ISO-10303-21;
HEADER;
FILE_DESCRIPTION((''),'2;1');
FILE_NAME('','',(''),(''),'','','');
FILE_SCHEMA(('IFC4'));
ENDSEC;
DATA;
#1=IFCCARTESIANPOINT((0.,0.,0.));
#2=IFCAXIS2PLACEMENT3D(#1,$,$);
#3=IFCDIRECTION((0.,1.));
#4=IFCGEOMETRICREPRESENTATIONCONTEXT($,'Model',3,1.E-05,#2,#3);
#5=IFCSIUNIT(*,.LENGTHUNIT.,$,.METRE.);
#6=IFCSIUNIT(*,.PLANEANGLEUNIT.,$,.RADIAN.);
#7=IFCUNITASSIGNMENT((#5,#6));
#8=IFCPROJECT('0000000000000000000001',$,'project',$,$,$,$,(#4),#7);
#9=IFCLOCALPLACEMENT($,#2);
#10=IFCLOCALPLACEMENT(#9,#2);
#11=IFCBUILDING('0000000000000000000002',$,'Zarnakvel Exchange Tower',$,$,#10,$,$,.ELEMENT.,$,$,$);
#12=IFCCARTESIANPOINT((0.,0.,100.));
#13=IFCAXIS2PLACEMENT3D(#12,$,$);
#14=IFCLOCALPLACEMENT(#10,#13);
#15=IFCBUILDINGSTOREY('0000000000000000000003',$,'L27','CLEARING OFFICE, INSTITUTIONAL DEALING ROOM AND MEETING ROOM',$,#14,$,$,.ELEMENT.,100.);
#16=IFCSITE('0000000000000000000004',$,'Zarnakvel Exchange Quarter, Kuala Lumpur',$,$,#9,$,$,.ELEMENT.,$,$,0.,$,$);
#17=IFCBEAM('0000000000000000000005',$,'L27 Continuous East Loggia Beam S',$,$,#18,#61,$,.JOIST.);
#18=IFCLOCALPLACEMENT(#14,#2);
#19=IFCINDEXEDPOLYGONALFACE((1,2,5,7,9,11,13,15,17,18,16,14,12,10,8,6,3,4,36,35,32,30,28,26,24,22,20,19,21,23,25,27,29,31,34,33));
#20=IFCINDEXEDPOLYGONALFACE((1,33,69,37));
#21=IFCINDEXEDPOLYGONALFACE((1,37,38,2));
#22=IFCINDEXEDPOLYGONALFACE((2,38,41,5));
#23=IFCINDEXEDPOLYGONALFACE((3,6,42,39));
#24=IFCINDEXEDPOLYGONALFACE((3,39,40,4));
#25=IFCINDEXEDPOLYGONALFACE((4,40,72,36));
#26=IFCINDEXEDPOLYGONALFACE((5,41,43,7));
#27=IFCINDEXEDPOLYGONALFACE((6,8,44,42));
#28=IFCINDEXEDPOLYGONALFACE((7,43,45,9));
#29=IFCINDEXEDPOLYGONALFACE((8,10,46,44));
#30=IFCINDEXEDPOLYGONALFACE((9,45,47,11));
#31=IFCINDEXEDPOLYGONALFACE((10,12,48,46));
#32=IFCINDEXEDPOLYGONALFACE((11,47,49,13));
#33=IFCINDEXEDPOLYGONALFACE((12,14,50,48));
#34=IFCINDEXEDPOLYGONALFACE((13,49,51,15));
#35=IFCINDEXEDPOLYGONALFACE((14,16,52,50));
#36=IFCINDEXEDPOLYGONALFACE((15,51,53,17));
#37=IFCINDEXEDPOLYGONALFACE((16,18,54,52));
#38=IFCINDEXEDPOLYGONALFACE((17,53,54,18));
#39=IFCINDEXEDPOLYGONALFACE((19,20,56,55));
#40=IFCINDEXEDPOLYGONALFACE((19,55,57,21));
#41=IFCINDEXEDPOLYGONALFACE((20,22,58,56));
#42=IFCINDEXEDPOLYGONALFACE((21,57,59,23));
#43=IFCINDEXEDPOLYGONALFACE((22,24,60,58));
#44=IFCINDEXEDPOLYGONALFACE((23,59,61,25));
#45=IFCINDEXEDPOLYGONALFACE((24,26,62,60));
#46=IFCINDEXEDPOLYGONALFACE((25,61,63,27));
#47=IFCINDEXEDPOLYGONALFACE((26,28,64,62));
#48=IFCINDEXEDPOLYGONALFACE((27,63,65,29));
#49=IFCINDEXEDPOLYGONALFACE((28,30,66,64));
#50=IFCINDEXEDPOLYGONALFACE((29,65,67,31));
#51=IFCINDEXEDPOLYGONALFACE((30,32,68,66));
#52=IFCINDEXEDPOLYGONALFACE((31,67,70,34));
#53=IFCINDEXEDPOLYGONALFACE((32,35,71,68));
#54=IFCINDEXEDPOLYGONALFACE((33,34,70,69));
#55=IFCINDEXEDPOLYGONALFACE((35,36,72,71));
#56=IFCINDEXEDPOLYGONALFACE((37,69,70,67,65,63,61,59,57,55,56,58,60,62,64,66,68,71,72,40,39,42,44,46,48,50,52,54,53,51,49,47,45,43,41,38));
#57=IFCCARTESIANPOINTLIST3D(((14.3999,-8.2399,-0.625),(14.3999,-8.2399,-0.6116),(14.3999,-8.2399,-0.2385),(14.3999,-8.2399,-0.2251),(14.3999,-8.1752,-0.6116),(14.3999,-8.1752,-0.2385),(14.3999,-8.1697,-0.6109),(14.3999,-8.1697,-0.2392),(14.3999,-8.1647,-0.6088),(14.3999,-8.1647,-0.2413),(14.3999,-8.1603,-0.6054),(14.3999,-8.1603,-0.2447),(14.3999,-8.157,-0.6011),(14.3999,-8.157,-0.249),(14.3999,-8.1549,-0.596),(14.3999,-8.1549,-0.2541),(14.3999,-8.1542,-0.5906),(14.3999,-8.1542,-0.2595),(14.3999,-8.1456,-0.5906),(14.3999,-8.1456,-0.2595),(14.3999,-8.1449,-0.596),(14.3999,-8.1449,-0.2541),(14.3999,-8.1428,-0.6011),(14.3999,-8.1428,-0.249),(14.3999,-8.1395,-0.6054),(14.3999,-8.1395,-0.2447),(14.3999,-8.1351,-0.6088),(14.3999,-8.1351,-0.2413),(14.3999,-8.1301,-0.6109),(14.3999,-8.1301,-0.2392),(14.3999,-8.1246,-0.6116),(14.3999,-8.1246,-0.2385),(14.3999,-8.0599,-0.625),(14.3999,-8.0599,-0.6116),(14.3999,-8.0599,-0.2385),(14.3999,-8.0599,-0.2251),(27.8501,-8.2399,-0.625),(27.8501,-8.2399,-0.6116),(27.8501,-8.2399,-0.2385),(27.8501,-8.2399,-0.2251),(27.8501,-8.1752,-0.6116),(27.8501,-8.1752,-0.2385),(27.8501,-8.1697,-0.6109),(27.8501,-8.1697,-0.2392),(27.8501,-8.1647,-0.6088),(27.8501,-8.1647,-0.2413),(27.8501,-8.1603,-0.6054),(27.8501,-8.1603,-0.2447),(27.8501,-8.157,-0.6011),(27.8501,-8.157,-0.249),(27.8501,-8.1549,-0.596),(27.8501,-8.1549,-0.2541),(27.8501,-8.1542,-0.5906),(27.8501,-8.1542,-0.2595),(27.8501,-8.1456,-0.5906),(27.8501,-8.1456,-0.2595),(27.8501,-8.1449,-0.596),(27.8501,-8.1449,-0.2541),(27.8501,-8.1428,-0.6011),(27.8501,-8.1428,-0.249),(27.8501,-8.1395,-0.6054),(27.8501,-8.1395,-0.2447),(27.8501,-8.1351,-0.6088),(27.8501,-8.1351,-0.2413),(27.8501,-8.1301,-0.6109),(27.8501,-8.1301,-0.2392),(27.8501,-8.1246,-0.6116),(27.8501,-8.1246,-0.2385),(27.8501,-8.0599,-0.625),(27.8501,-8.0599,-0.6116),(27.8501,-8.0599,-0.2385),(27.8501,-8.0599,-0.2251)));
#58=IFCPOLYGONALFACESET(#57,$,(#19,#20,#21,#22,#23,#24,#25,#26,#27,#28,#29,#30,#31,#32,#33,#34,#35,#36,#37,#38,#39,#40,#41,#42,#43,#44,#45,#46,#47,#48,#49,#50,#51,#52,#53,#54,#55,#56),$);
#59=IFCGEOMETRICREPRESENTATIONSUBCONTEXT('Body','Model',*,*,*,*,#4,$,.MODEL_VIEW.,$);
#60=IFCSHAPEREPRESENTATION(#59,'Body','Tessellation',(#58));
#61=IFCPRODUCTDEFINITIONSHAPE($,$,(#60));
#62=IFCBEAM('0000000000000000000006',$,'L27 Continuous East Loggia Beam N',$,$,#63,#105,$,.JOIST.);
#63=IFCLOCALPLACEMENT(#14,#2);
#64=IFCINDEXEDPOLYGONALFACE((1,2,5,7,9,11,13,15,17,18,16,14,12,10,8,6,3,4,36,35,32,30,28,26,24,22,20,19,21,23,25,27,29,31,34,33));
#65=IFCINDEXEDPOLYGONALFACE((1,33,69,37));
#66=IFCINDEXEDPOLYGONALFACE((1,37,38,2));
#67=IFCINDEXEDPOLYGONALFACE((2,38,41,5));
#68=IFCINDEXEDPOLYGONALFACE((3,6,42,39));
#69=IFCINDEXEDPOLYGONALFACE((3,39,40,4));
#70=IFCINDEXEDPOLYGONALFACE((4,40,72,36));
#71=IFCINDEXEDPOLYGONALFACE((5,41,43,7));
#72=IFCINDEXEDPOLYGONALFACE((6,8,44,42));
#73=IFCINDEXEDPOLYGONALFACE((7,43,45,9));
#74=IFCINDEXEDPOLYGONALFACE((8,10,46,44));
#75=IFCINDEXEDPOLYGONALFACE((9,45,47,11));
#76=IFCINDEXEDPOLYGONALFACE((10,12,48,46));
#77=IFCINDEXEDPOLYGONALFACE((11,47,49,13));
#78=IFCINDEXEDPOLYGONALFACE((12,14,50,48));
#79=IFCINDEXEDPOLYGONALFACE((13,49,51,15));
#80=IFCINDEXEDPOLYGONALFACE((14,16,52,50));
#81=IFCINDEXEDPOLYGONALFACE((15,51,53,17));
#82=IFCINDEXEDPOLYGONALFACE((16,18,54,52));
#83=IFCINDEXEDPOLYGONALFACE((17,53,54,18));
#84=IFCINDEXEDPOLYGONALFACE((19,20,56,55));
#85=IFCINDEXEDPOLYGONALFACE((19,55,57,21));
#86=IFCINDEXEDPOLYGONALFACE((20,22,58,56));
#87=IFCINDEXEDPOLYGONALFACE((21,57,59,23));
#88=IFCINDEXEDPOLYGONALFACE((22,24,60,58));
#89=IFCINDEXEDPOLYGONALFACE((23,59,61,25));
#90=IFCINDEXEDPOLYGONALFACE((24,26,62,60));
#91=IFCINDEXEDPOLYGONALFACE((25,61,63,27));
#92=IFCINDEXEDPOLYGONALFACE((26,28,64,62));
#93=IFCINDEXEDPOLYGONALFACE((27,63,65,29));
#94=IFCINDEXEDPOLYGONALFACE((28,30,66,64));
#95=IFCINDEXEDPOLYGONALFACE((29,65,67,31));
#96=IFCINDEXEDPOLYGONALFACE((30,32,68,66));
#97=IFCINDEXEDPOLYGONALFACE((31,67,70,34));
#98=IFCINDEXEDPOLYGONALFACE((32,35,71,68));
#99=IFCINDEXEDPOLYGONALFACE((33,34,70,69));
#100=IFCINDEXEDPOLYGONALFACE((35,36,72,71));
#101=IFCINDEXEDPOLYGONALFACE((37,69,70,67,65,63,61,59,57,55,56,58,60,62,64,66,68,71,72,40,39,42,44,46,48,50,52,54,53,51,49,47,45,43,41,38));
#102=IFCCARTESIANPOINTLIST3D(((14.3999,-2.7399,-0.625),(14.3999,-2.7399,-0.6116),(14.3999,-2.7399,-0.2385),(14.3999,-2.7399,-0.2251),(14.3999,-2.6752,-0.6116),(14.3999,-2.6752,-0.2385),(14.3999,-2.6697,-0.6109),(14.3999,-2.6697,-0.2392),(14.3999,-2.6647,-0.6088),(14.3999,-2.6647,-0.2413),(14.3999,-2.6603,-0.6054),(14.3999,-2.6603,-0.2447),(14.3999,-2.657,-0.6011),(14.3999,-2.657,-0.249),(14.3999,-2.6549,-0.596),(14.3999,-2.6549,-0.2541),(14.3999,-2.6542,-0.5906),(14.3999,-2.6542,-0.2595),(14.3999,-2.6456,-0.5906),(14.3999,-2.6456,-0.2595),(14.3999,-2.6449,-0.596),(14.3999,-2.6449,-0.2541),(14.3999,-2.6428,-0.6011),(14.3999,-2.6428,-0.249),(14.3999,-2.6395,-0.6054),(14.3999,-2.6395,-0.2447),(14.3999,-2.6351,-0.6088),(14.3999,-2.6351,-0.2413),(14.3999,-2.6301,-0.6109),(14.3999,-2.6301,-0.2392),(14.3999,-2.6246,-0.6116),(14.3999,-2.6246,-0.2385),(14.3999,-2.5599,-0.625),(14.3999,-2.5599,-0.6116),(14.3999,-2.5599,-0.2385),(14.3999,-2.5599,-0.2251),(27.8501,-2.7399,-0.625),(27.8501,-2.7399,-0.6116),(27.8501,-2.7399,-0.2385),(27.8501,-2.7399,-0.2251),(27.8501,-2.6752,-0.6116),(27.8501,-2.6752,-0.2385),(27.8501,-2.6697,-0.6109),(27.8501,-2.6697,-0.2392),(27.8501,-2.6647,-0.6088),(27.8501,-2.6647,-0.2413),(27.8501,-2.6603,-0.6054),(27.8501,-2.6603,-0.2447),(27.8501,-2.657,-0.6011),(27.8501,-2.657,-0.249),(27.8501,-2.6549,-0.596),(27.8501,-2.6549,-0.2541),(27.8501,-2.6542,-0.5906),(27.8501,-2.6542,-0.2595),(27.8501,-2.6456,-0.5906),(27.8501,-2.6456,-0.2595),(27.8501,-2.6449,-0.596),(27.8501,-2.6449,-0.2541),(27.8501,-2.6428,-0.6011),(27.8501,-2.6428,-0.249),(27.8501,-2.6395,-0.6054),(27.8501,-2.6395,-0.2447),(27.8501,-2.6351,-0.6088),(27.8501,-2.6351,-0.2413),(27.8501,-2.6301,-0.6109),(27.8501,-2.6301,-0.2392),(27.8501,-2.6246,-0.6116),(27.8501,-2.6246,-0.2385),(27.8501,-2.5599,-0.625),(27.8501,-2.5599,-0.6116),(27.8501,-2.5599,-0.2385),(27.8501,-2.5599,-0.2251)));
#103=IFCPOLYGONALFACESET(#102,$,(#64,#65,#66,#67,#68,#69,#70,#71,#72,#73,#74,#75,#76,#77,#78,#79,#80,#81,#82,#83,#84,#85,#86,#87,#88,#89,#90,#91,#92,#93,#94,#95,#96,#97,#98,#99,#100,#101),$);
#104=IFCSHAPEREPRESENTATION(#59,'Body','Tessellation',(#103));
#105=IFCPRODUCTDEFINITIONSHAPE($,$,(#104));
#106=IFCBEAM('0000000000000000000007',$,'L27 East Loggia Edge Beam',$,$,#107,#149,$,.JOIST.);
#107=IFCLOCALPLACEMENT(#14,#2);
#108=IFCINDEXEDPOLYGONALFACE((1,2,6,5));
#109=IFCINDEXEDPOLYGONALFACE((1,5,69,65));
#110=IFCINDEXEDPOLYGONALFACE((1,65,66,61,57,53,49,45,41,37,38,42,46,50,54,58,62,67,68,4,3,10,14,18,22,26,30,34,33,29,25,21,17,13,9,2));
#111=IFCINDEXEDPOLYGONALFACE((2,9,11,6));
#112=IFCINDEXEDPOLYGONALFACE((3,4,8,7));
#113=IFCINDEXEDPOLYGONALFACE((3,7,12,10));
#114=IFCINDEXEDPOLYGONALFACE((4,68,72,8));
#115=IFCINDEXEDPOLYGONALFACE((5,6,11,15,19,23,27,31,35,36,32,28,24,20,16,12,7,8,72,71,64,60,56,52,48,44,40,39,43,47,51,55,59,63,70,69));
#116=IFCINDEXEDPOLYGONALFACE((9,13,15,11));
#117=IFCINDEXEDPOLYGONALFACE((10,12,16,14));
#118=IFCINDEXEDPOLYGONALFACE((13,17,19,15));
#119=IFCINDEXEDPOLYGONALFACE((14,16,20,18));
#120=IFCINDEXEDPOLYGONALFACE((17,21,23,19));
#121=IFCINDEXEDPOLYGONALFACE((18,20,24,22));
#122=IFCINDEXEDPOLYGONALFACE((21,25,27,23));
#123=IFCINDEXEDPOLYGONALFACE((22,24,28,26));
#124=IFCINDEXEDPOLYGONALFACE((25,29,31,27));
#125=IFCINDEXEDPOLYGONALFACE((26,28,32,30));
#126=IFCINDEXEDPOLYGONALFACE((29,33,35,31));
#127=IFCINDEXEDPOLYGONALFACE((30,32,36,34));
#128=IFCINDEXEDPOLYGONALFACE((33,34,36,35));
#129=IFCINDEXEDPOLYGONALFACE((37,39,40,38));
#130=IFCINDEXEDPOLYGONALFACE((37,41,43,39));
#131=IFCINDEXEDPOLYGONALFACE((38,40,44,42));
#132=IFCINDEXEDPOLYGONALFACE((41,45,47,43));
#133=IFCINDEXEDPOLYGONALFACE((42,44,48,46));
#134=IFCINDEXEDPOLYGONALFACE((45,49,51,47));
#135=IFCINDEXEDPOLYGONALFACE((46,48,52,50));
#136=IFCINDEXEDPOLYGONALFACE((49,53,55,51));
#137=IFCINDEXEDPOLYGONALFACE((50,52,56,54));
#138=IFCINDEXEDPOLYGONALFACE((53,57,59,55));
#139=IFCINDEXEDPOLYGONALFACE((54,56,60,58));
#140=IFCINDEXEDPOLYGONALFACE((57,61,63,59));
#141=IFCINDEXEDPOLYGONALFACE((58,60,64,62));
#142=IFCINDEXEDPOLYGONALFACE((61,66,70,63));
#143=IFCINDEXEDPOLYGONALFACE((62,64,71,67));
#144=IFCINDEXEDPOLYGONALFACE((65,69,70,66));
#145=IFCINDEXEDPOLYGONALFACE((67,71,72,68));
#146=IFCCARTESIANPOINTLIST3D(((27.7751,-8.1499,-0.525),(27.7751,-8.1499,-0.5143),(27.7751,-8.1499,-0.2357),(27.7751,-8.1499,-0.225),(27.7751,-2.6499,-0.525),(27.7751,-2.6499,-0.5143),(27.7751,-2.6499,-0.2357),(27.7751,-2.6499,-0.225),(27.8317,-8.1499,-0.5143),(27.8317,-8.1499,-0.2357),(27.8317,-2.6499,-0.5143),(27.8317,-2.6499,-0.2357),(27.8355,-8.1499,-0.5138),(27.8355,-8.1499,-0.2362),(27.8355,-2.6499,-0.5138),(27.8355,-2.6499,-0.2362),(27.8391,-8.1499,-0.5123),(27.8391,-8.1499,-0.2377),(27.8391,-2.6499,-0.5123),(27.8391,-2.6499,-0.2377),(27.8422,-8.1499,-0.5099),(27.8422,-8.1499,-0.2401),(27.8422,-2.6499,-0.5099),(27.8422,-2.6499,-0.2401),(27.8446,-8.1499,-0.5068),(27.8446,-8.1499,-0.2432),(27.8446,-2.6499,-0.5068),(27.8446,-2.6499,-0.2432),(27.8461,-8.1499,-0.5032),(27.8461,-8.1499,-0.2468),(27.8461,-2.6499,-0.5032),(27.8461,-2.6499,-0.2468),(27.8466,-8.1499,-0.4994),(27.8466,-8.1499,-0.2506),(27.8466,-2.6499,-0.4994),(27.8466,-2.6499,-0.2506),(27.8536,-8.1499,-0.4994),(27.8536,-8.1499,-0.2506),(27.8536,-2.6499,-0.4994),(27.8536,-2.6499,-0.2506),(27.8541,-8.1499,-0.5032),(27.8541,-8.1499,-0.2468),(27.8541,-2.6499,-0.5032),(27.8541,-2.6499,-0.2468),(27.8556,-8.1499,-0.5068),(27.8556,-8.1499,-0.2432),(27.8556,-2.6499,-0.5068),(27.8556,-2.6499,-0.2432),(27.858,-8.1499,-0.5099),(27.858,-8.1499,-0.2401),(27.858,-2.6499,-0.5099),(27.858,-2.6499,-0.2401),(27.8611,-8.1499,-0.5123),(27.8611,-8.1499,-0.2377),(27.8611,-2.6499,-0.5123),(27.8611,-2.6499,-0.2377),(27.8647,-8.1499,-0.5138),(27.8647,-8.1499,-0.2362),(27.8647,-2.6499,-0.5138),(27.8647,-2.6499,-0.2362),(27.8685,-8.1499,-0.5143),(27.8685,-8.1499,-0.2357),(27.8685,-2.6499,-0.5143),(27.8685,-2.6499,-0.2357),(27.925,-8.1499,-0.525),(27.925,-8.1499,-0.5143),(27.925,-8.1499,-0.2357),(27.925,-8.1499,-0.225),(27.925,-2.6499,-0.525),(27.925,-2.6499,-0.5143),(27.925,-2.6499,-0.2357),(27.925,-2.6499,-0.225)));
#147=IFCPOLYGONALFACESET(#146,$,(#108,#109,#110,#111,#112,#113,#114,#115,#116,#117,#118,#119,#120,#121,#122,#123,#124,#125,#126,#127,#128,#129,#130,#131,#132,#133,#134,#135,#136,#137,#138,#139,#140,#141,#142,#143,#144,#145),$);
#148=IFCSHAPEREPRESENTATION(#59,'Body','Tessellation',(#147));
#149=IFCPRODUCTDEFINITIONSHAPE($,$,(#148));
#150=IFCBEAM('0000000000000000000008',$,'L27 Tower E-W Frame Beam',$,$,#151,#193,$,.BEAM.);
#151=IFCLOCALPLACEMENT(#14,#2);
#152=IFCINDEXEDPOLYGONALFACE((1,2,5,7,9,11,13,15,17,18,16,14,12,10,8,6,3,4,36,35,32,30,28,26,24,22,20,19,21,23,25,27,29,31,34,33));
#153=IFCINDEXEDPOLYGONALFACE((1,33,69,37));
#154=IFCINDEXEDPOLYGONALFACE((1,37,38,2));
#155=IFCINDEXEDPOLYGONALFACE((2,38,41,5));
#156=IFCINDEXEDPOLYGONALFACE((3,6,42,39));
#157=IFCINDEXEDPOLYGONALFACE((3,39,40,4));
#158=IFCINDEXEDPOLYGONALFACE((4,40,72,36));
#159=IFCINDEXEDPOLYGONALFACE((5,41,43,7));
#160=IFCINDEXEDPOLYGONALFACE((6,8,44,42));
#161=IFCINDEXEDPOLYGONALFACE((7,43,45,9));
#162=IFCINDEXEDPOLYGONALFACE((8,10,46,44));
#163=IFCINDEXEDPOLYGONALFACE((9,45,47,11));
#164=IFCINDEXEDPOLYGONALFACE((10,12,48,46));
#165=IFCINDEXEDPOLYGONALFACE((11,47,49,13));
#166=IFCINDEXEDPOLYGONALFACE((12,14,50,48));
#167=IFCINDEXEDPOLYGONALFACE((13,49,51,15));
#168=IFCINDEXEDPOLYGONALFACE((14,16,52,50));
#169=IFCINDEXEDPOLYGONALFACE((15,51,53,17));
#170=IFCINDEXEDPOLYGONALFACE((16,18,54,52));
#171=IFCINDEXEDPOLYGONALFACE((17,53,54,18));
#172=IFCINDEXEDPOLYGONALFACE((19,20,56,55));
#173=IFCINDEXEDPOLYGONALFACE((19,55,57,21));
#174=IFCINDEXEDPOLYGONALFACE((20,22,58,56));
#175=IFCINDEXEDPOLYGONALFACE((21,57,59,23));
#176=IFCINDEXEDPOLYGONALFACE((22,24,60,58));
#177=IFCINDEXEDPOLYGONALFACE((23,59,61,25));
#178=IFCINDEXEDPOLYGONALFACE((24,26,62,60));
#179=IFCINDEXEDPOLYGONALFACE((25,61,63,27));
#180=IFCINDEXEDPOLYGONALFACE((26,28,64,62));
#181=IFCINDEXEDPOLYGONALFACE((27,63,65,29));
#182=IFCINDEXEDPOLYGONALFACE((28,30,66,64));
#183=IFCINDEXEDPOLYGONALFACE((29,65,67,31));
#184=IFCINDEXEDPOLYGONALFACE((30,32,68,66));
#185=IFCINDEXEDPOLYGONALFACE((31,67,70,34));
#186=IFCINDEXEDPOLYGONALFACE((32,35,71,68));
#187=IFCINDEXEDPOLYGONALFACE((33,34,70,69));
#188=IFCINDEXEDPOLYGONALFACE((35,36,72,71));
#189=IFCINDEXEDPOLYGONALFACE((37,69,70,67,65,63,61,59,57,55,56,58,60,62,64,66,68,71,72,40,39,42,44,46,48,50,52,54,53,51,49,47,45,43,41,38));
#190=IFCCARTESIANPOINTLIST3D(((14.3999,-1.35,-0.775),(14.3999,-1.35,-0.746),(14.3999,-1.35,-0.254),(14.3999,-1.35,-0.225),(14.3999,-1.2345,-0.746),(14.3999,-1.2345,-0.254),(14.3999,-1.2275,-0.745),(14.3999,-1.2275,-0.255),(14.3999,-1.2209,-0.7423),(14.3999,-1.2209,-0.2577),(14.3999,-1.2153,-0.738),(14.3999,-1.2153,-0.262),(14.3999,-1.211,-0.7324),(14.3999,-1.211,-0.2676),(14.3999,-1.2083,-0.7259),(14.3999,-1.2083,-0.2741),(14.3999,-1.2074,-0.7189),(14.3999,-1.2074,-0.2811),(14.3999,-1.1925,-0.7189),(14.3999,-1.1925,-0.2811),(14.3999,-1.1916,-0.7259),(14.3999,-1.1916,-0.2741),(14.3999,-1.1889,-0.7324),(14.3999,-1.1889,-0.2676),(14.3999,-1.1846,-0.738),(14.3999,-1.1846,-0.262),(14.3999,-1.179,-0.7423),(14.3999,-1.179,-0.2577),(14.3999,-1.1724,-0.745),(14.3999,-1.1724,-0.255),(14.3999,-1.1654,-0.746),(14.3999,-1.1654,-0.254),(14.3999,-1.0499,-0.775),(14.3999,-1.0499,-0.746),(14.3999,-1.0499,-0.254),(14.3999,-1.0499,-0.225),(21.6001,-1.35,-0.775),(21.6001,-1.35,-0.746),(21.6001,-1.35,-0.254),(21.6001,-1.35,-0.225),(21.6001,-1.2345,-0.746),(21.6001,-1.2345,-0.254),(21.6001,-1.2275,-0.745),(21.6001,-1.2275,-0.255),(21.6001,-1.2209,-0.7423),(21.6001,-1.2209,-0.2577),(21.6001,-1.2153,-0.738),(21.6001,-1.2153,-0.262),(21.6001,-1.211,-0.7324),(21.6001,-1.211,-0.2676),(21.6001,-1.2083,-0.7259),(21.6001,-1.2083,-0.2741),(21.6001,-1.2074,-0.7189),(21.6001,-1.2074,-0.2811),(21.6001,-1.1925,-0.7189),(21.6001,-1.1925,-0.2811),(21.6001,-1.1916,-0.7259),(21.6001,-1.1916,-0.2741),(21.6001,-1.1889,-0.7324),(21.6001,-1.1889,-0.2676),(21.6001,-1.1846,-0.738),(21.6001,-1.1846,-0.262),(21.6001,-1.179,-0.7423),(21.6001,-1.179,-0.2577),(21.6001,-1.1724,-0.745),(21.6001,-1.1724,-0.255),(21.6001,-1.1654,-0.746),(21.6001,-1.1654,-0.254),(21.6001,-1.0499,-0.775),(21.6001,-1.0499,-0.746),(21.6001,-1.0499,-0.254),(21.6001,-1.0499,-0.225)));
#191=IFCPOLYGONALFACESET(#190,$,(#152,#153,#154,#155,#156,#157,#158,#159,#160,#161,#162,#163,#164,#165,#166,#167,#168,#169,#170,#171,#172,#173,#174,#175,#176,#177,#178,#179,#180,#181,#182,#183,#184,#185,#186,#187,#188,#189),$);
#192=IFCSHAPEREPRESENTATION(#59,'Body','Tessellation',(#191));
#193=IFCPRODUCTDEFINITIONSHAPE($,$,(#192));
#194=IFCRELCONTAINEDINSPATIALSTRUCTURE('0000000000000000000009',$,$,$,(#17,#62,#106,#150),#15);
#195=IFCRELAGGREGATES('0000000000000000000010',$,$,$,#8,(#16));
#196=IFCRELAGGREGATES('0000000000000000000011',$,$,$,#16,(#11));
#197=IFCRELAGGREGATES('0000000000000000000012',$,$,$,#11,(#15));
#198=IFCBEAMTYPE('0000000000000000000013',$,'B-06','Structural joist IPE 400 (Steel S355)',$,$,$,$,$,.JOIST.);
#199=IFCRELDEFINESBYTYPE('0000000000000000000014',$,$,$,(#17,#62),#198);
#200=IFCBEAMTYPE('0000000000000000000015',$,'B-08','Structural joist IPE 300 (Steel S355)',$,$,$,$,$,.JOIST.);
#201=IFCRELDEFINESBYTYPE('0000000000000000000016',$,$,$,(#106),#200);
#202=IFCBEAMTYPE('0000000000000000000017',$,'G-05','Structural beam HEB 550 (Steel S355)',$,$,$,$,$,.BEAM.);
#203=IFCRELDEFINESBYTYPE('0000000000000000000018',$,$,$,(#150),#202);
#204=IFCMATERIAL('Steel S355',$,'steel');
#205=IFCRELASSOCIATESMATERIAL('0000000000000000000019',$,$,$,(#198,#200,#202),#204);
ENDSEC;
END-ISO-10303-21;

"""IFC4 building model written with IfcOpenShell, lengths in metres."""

from ifc_helpers import new_model, si_unit, direction, frame, origin, origin_2d, place, context, subcontext, project, spatial, i_section, extrude, material, material_profile, profile_set, type_object, element, save


model = new_model("IFC4")

# Units and contexts
model_context = context("Model", 3, precision=1e-05, world=origin(), true_north=direction((0.0, 1.0)))
body_context = subcontext(model_context, "Body", "Model", "MODEL_VIEW")
ifc_project = project(units=[si_unit("LENGTHUNIT", "METRE"), si_unit("PLANEANGLEUNIT", "RADIAN")], contexts=[model_context])

# Site, building, storey
site_placement = place(None, origin())
site = spatial("IfcSite", under=ifc_project, at=site_placement, Name="Zarnakvel Exchange Quarter, Kuala Lumpur", CompositionType="ELEMENT", RefElevation=0.0)
building_placement = place(site_placement, origin())
building = spatial("IfcBuilding", under=site, at=building_placement, Name="Zarnakvel Exchange Tower", CompositionType="ELEMENT")
storey_placement = place(building_placement, frame((0.0, 0.0, 100.0)))
storey = spatial("IfcBuildingStorey", under=building, at=storey_placement, Name="L27", Description="CLEARING OFFICE, INSTITUTIONAL DEALING ROOM AND MEETING ROOM", CompositionType="ELEMENT", Elevation=100.0)

# Shared definitions
ifc_material_1 = material(Name="Steel S355", Category="steel")

# Beams
ifc_material_profile_1 = material_profile(ifc_material_1, i_section(OverallWidth=0.1799, OverallDepth=0.3999, WebThickness=0.0085, FlangeThickness=0.0134, FilletRadius=0.021, at=origin_2d()))
ifc_profile_set_1 = profile_set([ifc_material_profile_1], Name="Steel S355")
beam_type_1 = type_object("IfcBeamType", Name="B-06", Description="Structural joist IPE 400 (Steel S355)", PredefinedType="JOIST", material=ifc_profile_set_1)
for number, where, z_axis, x_axis, name in (
    (1, (14.3999, -8.1499, -0.425), (1.0, 0.0, 0.0), (0.0, 1.0, 0.0), "L27 Continuous East Loggia Beam S"),
    (2, (14.3999, -2.6499, -0.425), (1.0, 0.0, 0.0), (0.0, 1.0, 0.0), "L27 Continuous East Loggia Beam N"),
):
    element("IfcBeam", number, at=place(storey_placement, frame(where, z_axis=z_axis, x_axis=x_axis)), inside=storey, type_object=beam_type_1, Name=name, PredefinedType="JOIST", context=body_context, shape_type="SweptSolid", body=[
        extrude(i_section(OverallWidth=0.1799, OverallDepth=0.3999, WebThickness=0.0085, FlangeThickness=0.0134, FilletRadius=0.021, at=origin_2d()), origin(), (0.0, 0.0, 1.0), 13.4502),
    ])
ifc_material_profile_2 = material_profile(ifc_material_1, i_section(OverallWidth=0.1499, OverallDepth=0.3, WebThickness=0.0071, FlangeThickness=0.0107, FilletRadius=0.0149, at=origin_2d()))
ifc_profile_set_2 = profile_set([ifc_material_profile_2], Name="Steel S355")
beam_type_2 = type_object("IfcBeamType", Name="B-08", Description="Structural joist IPE 300 (Steel S355)", PredefinedType="JOIST", material=ifc_profile_set_2)
beam_1_placement = place(storey_placement, frame((27.8501, -8.1499, -0.375), z_axis=(0.0, 1.0, 0.0), x_axis=(-1.0, 0.0, 0.0)))
element("IfcBeam", 3, at=beam_1_placement, inside=storey, type_object=beam_type_2, Name="L27 East Loggia Edge Beam", PredefinedType="JOIST", context=body_context, shape_type="SweptSolid", body=[
    extrude(i_section(OverallWidth=0.1499, OverallDepth=0.3, WebThickness=0.0071, FlangeThickness=0.0107, FilletRadius=0.0149, at=origin_2d()), origin(), (0.0, 0.0, 1.0), 5.5),
])
ifc_material_profile_3 = material_profile(ifc_material_1, i_section(OverallWidth=0.3, OverallDepth=0.55, WebThickness=0.0149, FlangeThickness=0.0291, FilletRadius=0.0271, at=origin_2d()))
ifc_profile_set_3 = profile_set([ifc_material_profile_3], Name="Steel S355")
beam_type_3 = type_object("IfcBeamType", Name="G-05", Description="Structural beam HEB 550 (Steel S355)", PredefinedType="BEAM", material=ifc_profile_set_3)
beam_2_placement = place(storey_placement, frame((14.3999, -1.2, -0.5), z_axis=(1.0, 0.0, 0.0), x_axis=(0.0, 1.0, 0.0)))
element("IfcBeam", 4, at=beam_2_placement, inside=storey, type_object=beam_type_3, Name="L27 Tower E-W Frame Beam", PredefinedType="BEAM", context=body_context, shape_type="SweptSolid", body=[
    extrude(i_section(OverallWidth=0.3, OverallDepth=0.55, WebThickness=0.0149, FlangeThickness=0.0291, FilletRadius=0.0271, at=origin_2d()), origin(), (0.0, 0.0, 1.0), 7.2002),
])

save(model, "model.ifc")
